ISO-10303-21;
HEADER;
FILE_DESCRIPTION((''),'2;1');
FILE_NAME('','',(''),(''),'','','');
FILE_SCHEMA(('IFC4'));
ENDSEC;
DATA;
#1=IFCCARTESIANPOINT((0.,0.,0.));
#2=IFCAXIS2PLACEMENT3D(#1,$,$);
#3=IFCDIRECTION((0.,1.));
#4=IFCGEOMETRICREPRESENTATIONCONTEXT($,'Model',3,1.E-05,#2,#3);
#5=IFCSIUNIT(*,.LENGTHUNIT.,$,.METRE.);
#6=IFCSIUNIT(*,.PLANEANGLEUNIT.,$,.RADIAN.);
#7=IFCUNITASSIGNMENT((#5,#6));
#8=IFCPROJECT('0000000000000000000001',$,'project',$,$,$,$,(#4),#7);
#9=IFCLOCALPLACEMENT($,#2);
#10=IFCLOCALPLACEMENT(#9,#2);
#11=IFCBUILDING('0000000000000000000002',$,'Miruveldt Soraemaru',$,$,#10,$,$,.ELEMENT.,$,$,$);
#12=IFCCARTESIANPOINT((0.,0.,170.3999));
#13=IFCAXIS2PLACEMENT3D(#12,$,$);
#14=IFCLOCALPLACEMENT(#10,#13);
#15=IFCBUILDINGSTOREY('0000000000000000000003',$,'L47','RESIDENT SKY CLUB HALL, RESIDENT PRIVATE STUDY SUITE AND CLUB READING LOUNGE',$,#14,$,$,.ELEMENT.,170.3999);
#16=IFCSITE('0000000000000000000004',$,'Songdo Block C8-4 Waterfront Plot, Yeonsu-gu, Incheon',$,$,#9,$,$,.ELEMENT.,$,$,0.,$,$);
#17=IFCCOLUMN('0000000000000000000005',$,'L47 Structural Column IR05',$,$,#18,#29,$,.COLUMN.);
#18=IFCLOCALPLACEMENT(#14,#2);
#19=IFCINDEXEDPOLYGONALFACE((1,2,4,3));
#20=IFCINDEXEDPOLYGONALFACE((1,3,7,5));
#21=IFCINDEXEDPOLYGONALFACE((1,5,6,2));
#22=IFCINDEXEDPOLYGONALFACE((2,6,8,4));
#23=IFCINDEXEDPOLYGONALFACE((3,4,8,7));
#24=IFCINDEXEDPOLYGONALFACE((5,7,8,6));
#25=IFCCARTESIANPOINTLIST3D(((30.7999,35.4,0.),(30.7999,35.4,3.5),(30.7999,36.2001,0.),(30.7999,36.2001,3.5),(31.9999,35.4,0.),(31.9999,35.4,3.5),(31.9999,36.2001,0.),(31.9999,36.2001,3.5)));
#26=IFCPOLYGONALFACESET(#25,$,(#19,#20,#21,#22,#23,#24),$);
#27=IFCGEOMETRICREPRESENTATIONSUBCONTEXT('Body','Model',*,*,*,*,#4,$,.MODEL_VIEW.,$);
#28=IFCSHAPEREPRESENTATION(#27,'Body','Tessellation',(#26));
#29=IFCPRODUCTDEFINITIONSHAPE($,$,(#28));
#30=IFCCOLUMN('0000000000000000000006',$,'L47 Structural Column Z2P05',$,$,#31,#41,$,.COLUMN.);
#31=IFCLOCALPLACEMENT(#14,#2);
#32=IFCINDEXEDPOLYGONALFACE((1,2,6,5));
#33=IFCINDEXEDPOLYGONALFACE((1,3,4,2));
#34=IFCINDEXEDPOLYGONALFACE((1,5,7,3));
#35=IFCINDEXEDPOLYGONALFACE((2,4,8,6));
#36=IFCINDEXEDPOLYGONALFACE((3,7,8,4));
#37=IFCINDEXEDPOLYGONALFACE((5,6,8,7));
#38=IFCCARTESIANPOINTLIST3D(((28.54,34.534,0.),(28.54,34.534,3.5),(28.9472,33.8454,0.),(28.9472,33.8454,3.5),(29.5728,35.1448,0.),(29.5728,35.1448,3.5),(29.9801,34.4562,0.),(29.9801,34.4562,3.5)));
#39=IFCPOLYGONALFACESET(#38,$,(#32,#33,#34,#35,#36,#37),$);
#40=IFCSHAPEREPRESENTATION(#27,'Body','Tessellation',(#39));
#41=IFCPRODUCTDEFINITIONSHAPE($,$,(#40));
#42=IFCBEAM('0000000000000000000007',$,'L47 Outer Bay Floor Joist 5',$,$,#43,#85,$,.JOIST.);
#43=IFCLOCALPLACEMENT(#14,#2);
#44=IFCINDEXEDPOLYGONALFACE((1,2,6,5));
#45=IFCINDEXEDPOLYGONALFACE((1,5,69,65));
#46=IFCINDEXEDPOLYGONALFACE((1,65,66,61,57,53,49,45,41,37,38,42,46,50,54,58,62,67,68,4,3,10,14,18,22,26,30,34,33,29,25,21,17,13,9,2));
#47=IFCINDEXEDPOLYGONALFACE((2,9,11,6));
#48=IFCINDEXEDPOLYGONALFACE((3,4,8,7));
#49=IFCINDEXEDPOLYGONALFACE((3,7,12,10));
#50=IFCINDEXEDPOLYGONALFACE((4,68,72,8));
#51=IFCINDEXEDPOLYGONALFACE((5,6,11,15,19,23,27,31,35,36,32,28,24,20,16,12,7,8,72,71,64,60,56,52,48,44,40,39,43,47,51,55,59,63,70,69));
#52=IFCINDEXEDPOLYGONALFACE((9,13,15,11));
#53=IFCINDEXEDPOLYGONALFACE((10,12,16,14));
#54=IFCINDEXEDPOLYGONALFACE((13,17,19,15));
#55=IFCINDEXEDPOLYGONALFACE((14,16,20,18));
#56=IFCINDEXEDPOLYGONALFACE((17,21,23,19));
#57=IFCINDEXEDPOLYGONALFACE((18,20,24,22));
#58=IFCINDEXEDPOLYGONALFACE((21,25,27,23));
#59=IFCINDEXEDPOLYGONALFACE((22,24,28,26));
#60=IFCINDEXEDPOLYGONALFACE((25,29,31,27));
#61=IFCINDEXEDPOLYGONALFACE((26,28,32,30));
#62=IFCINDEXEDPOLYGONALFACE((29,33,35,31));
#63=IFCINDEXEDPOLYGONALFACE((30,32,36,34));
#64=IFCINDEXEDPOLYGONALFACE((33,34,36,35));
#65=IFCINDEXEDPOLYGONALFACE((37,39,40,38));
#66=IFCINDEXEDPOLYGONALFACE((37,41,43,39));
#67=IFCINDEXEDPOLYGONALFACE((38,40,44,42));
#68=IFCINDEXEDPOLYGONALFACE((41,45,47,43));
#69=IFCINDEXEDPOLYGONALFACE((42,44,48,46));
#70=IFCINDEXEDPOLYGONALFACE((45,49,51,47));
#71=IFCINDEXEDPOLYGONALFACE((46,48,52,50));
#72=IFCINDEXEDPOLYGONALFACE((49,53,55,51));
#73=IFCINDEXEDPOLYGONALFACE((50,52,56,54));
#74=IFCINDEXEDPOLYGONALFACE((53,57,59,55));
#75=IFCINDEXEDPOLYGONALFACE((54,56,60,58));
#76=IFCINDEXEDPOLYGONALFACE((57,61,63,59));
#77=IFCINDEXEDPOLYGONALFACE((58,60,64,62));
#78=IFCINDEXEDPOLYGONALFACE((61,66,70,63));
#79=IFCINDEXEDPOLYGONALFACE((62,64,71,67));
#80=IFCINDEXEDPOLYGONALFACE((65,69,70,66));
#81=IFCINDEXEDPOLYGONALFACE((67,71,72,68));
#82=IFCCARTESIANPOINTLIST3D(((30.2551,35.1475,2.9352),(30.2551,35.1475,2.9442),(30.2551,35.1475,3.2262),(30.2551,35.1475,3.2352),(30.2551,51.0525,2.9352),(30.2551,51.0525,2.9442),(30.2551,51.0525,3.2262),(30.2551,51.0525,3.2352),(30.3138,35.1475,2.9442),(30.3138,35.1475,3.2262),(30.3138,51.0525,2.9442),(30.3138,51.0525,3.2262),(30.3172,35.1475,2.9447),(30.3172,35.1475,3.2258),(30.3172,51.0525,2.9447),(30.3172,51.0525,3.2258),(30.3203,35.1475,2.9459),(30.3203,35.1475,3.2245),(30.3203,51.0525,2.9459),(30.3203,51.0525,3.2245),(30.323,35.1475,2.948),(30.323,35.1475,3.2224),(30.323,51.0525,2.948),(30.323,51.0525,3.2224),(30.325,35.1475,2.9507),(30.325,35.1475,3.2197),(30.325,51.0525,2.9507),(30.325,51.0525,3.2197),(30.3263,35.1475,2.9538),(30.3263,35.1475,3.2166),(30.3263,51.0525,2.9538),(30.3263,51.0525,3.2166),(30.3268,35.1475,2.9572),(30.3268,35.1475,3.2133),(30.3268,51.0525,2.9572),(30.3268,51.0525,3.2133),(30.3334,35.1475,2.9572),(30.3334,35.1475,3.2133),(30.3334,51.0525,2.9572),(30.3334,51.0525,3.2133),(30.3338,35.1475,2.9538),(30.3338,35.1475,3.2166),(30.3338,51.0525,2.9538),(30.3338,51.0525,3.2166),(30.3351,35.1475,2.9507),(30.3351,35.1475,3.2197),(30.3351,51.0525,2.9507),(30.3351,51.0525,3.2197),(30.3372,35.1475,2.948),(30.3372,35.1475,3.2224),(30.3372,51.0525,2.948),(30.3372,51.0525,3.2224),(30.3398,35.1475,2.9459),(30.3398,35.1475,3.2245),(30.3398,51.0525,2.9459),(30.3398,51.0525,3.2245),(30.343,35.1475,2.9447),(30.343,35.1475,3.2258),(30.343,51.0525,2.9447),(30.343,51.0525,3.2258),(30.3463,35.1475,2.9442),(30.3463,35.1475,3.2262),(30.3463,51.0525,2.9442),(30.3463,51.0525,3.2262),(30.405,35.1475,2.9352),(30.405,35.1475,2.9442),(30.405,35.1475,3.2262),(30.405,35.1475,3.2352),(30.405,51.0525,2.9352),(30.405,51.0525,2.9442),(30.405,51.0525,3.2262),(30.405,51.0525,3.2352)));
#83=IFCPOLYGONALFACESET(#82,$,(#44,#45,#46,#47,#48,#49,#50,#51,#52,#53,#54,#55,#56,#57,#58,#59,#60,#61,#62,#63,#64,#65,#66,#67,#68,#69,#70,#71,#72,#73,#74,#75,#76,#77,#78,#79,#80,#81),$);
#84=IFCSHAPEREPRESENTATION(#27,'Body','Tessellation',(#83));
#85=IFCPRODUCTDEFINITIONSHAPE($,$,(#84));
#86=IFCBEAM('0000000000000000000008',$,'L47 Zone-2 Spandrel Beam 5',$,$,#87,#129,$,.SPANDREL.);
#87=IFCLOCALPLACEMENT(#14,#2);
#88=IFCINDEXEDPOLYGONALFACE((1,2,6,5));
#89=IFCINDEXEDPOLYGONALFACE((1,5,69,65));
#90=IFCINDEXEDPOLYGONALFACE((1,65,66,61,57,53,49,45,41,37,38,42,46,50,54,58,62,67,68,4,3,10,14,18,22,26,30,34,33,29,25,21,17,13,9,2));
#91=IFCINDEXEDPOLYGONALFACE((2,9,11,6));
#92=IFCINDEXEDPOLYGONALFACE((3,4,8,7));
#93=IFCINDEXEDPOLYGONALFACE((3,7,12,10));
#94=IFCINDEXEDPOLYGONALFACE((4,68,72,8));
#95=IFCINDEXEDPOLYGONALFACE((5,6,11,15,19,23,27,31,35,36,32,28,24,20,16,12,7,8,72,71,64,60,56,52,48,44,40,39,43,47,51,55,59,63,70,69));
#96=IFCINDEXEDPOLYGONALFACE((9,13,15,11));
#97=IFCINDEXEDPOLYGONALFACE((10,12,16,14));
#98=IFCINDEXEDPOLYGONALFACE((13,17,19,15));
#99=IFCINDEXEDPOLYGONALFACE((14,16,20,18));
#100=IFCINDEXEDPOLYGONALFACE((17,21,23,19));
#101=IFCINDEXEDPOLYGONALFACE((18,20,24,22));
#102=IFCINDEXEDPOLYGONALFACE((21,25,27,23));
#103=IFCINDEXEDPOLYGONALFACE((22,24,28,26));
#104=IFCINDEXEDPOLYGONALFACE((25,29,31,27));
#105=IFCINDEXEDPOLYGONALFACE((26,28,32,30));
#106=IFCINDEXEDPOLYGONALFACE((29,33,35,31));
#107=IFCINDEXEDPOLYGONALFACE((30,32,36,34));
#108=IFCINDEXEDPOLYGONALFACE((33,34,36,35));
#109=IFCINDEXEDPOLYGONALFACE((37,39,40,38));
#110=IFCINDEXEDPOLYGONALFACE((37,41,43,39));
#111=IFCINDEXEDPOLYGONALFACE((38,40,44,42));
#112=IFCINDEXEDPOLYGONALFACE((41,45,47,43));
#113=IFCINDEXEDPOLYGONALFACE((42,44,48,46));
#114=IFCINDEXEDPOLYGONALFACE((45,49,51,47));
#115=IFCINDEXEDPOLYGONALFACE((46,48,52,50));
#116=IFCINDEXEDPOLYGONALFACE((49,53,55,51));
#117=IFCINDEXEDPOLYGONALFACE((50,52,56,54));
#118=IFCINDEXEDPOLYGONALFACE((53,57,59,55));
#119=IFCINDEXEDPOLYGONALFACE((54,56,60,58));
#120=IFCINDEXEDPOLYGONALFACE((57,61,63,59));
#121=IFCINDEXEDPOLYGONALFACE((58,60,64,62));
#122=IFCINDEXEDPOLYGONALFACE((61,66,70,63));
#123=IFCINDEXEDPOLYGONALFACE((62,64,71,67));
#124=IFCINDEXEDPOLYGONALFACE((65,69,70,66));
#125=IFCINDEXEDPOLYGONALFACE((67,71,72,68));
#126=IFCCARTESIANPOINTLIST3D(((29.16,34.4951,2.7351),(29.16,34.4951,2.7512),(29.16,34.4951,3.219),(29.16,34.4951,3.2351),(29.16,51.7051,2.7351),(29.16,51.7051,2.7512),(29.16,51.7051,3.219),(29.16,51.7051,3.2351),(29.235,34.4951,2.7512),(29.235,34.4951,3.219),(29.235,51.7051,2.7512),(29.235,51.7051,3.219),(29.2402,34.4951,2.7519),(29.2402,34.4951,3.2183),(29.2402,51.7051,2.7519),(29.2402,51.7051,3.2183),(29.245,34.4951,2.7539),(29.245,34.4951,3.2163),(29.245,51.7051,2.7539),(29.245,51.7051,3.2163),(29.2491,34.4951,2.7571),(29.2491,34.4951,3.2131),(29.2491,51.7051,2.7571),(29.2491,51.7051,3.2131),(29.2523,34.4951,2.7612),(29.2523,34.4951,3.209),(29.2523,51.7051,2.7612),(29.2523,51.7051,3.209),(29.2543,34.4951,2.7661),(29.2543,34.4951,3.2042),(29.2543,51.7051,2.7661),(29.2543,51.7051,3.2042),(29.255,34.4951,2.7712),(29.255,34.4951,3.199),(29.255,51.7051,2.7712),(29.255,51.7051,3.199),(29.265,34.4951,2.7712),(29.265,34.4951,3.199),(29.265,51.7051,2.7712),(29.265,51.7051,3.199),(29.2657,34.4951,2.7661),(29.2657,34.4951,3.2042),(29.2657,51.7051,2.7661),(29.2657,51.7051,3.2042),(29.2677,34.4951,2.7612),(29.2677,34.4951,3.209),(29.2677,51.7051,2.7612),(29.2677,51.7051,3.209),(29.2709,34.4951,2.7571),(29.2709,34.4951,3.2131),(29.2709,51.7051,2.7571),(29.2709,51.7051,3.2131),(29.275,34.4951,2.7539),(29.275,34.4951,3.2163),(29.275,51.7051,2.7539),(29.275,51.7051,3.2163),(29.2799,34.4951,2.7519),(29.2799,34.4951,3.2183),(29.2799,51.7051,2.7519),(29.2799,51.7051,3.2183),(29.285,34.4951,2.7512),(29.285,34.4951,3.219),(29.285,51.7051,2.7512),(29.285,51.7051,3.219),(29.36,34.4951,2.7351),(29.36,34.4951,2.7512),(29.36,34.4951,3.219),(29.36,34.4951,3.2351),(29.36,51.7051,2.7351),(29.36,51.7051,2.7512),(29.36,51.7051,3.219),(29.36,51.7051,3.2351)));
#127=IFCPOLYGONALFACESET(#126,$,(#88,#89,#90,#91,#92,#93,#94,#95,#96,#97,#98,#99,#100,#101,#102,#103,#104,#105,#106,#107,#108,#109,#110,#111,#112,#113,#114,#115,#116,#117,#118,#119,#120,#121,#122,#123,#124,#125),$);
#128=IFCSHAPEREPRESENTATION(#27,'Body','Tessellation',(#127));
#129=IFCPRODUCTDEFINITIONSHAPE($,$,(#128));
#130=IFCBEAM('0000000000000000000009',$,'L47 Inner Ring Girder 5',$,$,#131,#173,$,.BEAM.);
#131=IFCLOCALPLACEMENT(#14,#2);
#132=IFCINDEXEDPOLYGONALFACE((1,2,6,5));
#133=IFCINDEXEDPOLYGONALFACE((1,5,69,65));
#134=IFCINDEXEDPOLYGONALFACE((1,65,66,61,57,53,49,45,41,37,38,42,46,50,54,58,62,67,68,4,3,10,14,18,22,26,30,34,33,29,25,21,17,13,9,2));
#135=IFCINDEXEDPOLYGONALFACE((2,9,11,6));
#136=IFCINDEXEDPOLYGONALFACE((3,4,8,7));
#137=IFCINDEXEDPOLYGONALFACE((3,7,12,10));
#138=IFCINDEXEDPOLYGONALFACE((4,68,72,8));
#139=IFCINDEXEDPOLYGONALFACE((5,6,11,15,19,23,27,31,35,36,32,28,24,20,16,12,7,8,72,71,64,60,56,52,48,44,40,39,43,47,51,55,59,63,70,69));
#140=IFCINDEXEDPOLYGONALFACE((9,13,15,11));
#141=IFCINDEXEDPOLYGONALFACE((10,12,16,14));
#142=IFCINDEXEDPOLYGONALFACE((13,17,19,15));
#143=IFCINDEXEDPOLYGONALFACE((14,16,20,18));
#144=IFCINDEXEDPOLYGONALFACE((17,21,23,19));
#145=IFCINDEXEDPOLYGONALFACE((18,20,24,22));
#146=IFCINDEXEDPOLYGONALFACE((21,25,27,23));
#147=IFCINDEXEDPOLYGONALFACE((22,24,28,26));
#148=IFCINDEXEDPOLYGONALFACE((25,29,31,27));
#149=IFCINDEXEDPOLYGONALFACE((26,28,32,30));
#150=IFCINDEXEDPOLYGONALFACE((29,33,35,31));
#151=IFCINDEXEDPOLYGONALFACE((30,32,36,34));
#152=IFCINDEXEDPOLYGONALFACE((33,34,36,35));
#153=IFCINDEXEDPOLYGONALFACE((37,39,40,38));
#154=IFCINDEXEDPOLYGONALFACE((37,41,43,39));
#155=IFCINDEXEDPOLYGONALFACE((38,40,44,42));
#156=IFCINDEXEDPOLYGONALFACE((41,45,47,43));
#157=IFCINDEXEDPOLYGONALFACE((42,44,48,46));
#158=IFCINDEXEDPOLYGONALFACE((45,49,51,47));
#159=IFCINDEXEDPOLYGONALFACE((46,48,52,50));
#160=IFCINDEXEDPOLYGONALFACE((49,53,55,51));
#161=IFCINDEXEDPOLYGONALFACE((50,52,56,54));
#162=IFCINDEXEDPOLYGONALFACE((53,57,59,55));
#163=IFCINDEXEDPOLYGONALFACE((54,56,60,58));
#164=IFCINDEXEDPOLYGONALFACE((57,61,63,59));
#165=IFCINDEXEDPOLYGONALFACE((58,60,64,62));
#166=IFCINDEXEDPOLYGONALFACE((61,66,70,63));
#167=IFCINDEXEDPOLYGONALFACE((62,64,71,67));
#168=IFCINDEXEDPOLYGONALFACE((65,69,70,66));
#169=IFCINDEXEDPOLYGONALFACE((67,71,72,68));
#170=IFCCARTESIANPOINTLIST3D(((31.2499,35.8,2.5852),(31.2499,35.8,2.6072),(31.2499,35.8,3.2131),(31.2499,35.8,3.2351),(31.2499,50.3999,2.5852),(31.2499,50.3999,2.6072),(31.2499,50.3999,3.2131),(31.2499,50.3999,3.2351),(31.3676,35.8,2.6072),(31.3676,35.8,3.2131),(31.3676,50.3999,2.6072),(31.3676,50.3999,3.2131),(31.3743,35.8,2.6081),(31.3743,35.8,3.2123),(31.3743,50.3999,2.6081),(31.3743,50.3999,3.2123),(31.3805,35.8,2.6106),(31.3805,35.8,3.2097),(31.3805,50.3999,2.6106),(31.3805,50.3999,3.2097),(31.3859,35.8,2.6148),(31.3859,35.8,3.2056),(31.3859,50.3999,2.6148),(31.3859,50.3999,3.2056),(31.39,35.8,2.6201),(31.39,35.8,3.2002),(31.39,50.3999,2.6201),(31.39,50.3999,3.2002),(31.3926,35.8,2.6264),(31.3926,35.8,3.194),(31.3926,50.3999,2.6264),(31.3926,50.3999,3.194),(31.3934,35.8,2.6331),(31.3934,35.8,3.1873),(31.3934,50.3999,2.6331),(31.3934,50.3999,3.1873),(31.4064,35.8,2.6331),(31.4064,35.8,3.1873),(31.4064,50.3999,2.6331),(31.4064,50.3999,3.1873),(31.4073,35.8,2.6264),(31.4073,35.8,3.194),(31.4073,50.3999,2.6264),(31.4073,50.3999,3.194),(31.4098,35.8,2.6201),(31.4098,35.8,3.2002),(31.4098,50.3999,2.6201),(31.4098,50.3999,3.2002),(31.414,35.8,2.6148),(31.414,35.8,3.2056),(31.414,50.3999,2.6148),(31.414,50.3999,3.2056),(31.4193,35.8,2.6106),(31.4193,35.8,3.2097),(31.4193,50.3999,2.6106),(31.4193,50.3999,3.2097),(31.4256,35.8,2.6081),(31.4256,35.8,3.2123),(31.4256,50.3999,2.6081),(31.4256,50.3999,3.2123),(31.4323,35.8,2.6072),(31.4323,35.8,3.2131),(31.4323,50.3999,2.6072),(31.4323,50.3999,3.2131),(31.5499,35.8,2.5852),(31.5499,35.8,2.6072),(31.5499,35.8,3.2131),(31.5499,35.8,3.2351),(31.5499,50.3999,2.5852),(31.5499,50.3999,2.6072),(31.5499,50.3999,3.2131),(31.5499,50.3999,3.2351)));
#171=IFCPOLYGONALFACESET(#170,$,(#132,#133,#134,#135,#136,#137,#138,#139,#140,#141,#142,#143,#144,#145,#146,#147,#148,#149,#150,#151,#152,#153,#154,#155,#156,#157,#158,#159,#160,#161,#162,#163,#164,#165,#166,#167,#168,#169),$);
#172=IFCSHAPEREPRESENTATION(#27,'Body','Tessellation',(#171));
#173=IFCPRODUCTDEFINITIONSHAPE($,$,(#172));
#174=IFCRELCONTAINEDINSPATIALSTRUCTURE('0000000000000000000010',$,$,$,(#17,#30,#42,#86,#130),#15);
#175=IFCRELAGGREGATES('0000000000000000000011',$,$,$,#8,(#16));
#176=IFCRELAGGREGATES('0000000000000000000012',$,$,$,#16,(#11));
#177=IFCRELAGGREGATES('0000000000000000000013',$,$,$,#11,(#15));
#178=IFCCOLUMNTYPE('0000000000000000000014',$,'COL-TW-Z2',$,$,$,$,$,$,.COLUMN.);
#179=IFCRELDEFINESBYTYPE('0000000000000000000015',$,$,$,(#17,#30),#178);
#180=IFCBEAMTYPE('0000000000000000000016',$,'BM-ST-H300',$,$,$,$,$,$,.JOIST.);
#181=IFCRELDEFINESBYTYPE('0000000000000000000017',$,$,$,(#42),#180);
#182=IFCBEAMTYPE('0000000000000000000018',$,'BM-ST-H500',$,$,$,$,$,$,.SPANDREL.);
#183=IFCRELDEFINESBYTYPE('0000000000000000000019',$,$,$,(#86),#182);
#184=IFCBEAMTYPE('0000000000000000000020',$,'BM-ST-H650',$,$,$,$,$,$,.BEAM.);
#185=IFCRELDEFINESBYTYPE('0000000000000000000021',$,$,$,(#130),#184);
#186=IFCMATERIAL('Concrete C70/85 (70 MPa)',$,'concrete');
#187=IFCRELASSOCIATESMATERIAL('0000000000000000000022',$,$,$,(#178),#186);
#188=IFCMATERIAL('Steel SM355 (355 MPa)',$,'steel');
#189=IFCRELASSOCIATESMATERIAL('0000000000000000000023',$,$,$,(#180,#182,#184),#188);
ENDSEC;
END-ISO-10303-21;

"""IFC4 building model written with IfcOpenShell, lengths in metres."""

from ifc_helpers import new_model, si_unit, direction, frame, origin, origin_2d, place, context, subcontext, project, spatial, rectangle, i_section, extrude, material, material_profile, profile_set, type_object, element, save


model = new_model("IFC4")

# Units and contexts
model_context = context("Model", 3, precision=1e-05, world=origin(), true_north=direction((0.0, 1.0)))
body_context = subcontext(model_context, "Body", "Model", "MODEL_VIEW")
ifc_project = project(units=[si_unit("LENGTHUNIT", "METRE"), si_unit("PLANEANGLEUNIT", "RADIAN")], contexts=[model_context])

# Site, building, storey
site_placement = place(None, origin())
site = spatial("IfcSite", under=ifc_project, at=site_placement, Name="Songdo Block C8-4 Waterfront Plot, Yeonsu-gu, Incheon", CompositionType="ELEMENT", RefElevation=0.0)
building_placement = place(site_placement, origin())
building = spatial("IfcBuilding", under=site, at=building_placement, Name="Miruveldt Soraemaru", CompositionType="ELEMENT")
storey_placement = place(building_placement, frame((0.0, 0.0, 170.3999)))
storey = spatial("IfcBuildingStorey", under=building, at=storey_placement, Name="L47", Description="RESIDENT SKY CLUB HALL, RESIDENT PRIVATE STUDY SUITE AND CLUB READING LOUNGE", CompositionType="ELEMENT", Elevation=170.3999)

# Columns
ifc_material_1 = material(Name="Concrete C70/85 (70 MPa)", Category="concrete")
ifc_material_profile_1 = material_profile(ifc_material_1, rectangle(XDim=1.2, YDim=0.8, at=origin_2d()), Name="Concrete C70/85 (70 MPa)", Category="concrete")
ifc_profile_set_1 = profile_set([ifc_material_profile_1], Name="Concrete C70/85 (70 MPa)")
column_type = type_object("IfcColumnType", Name="COL-TW-Z2", PredefinedType="COLUMN", material=ifc_profile_set_1)
for number, where, z_axis, x_axis, name in (
    (1, (31.3999, 35.8, 0.0), (0.0, 0.0, 1.0), (1.0, 0.0, 0.0), "L47 Structural Column IR05"),
    (2, (29.26, 34.4951, 0.0), (0.0, 0.0, 1.0), (0.860742, 0.509041, 0.0), "L47 Structural Column Z2P05"),
):
    element("IfcColumn", number, at=place(storey_placement, frame(where, z_axis=z_axis, x_axis=x_axis)), inside=storey, type_object=column_type, Name=name, PredefinedType="COLUMN", context=body_context, shape_type="SweptSolid", body=[
        extrude(rectangle(XDim=1.2, YDim=0.8, at=origin_2d()), origin(), (0.0, 0.0, 1.0), 3.5),
    ])

# Beams
ifc_material_2 = material(Name="Steel SM355 (355 MPa)", Category="steel")
ifc_material_profile_2 = material_profile(ifc_material_2, i_section(OverallWidth=0.1499, OverallDepth=0.3, WebThickness=0.0066, FlangeThickness=0.009, FilletRadius=0.0129, at=origin_2d()), Name="Steel SM355 (355 MPa)", Category="steel")
ifc_profile_set_2 = profile_set([ifc_material_profile_2], Name="Steel SM355 (355 MPa)")
beam_type_1 = type_object("IfcBeamType", Name="BM-ST-H300", PredefinedType="JOIST", material=ifc_profile_set_2)
beam_1_placement = place(storey_placement, frame((30.3301, 35.1475, 3.0852), z_axis=(0.0, 1.0, 0.0), x_axis=(-1.0, 0.0, 0.0)))
element("IfcBeam", 3, at=beam_1_placement, inside=storey, type_object=beam_type_1, Name="L47 Outer Bay Floor Joist 5", PredefinedType="JOIST", context=body_context, shape_type="SweptSolid", body=[
    extrude(i_section(OverallWidth=0.1499, OverallDepth=0.3, WebThickness=0.0066, FlangeThickness=0.009, FilletRadius=0.0129, at=origin_2d()), origin(), (0.0, 0.0, 1.0), 15.905),
])
ifc_material_profile_3 = material_profile(ifc_material_2, i_section(OverallWidth=0.2, OverallDepth=0.5, WebThickness=0.01, FlangeThickness=0.0161, FilletRadius=0.02, at=origin_2d()), Name="Steel SM355 (355 MPa)", Category="steel")
ifc_profile_set_3 = profile_set([ifc_material_profile_3], Name="Steel SM355 (355 MPa)")
beam_type_2 = type_object("IfcBeamType", Name="BM-ST-H500", PredefinedType="SPANDREL", material=ifc_profile_set_3)
beam_2_placement = place(storey_placement, frame((29.26, 34.4951, 2.9851), z_axis=(0.0, 1.0, 0.0), x_axis=(-1.0, 0.0, 0.0)))
element("IfcBeam", 4, at=beam_2_placement, inside=storey, type_object=beam_type_2, Name="L47 Zone-2 Spandrel Beam 5", PredefinedType="SPANDREL", context=body_context, shape_type="SweptSolid", body=[
    extrude(i_section(OverallWidth=0.2, OverallDepth=0.5, WebThickness=0.01, FlangeThickness=0.0161, FilletRadius=0.02, at=origin_2d()), origin(), (0.0, 0.0, 1.0), 17.21),
])
ifc_material_profile_4 = material_profile(ifc_material_2, i_section(OverallWidth=0.3, OverallDepth=0.6499, WebThickness=0.0129, FlangeThickness=0.022, FilletRadius=0.0259, at=origin_2d()), Name="Steel SM355 (355 MPa)", Category="steel")
ifc_profile_set_4 = profile_set([ifc_material_profile_4], Name="Steel SM355 (355 MPa)")
beam_type_3 = type_object("IfcBeamType", Name="BM-ST-H650", PredefinedType="BEAM", material=ifc_profile_set_4)
beam_3_placement = place(storey_placement, frame((31.3999, 35.8, 2.9102), z_axis=(0.0, 1.0, 0.0), x_axis=(-1.0, 0.0, 0.0)))
element("IfcBeam", 5, at=beam_3_placement, inside=storey, type_object=beam_type_3, Name="L47 Inner Ring Girder 5", PredefinedType="BEAM", context=body_context, shape_type="SweptSolid", body=[
    extrude(i_section(OverallWidth=0.3, OverallDepth=0.6499, WebThickness=0.0129, FlangeThickness=0.022, FilletRadius=0.0259, at=origin_2d()), origin(), (0.0, 0.0, 1.0), 14.5999),
])

save(model, "model.ifc")
